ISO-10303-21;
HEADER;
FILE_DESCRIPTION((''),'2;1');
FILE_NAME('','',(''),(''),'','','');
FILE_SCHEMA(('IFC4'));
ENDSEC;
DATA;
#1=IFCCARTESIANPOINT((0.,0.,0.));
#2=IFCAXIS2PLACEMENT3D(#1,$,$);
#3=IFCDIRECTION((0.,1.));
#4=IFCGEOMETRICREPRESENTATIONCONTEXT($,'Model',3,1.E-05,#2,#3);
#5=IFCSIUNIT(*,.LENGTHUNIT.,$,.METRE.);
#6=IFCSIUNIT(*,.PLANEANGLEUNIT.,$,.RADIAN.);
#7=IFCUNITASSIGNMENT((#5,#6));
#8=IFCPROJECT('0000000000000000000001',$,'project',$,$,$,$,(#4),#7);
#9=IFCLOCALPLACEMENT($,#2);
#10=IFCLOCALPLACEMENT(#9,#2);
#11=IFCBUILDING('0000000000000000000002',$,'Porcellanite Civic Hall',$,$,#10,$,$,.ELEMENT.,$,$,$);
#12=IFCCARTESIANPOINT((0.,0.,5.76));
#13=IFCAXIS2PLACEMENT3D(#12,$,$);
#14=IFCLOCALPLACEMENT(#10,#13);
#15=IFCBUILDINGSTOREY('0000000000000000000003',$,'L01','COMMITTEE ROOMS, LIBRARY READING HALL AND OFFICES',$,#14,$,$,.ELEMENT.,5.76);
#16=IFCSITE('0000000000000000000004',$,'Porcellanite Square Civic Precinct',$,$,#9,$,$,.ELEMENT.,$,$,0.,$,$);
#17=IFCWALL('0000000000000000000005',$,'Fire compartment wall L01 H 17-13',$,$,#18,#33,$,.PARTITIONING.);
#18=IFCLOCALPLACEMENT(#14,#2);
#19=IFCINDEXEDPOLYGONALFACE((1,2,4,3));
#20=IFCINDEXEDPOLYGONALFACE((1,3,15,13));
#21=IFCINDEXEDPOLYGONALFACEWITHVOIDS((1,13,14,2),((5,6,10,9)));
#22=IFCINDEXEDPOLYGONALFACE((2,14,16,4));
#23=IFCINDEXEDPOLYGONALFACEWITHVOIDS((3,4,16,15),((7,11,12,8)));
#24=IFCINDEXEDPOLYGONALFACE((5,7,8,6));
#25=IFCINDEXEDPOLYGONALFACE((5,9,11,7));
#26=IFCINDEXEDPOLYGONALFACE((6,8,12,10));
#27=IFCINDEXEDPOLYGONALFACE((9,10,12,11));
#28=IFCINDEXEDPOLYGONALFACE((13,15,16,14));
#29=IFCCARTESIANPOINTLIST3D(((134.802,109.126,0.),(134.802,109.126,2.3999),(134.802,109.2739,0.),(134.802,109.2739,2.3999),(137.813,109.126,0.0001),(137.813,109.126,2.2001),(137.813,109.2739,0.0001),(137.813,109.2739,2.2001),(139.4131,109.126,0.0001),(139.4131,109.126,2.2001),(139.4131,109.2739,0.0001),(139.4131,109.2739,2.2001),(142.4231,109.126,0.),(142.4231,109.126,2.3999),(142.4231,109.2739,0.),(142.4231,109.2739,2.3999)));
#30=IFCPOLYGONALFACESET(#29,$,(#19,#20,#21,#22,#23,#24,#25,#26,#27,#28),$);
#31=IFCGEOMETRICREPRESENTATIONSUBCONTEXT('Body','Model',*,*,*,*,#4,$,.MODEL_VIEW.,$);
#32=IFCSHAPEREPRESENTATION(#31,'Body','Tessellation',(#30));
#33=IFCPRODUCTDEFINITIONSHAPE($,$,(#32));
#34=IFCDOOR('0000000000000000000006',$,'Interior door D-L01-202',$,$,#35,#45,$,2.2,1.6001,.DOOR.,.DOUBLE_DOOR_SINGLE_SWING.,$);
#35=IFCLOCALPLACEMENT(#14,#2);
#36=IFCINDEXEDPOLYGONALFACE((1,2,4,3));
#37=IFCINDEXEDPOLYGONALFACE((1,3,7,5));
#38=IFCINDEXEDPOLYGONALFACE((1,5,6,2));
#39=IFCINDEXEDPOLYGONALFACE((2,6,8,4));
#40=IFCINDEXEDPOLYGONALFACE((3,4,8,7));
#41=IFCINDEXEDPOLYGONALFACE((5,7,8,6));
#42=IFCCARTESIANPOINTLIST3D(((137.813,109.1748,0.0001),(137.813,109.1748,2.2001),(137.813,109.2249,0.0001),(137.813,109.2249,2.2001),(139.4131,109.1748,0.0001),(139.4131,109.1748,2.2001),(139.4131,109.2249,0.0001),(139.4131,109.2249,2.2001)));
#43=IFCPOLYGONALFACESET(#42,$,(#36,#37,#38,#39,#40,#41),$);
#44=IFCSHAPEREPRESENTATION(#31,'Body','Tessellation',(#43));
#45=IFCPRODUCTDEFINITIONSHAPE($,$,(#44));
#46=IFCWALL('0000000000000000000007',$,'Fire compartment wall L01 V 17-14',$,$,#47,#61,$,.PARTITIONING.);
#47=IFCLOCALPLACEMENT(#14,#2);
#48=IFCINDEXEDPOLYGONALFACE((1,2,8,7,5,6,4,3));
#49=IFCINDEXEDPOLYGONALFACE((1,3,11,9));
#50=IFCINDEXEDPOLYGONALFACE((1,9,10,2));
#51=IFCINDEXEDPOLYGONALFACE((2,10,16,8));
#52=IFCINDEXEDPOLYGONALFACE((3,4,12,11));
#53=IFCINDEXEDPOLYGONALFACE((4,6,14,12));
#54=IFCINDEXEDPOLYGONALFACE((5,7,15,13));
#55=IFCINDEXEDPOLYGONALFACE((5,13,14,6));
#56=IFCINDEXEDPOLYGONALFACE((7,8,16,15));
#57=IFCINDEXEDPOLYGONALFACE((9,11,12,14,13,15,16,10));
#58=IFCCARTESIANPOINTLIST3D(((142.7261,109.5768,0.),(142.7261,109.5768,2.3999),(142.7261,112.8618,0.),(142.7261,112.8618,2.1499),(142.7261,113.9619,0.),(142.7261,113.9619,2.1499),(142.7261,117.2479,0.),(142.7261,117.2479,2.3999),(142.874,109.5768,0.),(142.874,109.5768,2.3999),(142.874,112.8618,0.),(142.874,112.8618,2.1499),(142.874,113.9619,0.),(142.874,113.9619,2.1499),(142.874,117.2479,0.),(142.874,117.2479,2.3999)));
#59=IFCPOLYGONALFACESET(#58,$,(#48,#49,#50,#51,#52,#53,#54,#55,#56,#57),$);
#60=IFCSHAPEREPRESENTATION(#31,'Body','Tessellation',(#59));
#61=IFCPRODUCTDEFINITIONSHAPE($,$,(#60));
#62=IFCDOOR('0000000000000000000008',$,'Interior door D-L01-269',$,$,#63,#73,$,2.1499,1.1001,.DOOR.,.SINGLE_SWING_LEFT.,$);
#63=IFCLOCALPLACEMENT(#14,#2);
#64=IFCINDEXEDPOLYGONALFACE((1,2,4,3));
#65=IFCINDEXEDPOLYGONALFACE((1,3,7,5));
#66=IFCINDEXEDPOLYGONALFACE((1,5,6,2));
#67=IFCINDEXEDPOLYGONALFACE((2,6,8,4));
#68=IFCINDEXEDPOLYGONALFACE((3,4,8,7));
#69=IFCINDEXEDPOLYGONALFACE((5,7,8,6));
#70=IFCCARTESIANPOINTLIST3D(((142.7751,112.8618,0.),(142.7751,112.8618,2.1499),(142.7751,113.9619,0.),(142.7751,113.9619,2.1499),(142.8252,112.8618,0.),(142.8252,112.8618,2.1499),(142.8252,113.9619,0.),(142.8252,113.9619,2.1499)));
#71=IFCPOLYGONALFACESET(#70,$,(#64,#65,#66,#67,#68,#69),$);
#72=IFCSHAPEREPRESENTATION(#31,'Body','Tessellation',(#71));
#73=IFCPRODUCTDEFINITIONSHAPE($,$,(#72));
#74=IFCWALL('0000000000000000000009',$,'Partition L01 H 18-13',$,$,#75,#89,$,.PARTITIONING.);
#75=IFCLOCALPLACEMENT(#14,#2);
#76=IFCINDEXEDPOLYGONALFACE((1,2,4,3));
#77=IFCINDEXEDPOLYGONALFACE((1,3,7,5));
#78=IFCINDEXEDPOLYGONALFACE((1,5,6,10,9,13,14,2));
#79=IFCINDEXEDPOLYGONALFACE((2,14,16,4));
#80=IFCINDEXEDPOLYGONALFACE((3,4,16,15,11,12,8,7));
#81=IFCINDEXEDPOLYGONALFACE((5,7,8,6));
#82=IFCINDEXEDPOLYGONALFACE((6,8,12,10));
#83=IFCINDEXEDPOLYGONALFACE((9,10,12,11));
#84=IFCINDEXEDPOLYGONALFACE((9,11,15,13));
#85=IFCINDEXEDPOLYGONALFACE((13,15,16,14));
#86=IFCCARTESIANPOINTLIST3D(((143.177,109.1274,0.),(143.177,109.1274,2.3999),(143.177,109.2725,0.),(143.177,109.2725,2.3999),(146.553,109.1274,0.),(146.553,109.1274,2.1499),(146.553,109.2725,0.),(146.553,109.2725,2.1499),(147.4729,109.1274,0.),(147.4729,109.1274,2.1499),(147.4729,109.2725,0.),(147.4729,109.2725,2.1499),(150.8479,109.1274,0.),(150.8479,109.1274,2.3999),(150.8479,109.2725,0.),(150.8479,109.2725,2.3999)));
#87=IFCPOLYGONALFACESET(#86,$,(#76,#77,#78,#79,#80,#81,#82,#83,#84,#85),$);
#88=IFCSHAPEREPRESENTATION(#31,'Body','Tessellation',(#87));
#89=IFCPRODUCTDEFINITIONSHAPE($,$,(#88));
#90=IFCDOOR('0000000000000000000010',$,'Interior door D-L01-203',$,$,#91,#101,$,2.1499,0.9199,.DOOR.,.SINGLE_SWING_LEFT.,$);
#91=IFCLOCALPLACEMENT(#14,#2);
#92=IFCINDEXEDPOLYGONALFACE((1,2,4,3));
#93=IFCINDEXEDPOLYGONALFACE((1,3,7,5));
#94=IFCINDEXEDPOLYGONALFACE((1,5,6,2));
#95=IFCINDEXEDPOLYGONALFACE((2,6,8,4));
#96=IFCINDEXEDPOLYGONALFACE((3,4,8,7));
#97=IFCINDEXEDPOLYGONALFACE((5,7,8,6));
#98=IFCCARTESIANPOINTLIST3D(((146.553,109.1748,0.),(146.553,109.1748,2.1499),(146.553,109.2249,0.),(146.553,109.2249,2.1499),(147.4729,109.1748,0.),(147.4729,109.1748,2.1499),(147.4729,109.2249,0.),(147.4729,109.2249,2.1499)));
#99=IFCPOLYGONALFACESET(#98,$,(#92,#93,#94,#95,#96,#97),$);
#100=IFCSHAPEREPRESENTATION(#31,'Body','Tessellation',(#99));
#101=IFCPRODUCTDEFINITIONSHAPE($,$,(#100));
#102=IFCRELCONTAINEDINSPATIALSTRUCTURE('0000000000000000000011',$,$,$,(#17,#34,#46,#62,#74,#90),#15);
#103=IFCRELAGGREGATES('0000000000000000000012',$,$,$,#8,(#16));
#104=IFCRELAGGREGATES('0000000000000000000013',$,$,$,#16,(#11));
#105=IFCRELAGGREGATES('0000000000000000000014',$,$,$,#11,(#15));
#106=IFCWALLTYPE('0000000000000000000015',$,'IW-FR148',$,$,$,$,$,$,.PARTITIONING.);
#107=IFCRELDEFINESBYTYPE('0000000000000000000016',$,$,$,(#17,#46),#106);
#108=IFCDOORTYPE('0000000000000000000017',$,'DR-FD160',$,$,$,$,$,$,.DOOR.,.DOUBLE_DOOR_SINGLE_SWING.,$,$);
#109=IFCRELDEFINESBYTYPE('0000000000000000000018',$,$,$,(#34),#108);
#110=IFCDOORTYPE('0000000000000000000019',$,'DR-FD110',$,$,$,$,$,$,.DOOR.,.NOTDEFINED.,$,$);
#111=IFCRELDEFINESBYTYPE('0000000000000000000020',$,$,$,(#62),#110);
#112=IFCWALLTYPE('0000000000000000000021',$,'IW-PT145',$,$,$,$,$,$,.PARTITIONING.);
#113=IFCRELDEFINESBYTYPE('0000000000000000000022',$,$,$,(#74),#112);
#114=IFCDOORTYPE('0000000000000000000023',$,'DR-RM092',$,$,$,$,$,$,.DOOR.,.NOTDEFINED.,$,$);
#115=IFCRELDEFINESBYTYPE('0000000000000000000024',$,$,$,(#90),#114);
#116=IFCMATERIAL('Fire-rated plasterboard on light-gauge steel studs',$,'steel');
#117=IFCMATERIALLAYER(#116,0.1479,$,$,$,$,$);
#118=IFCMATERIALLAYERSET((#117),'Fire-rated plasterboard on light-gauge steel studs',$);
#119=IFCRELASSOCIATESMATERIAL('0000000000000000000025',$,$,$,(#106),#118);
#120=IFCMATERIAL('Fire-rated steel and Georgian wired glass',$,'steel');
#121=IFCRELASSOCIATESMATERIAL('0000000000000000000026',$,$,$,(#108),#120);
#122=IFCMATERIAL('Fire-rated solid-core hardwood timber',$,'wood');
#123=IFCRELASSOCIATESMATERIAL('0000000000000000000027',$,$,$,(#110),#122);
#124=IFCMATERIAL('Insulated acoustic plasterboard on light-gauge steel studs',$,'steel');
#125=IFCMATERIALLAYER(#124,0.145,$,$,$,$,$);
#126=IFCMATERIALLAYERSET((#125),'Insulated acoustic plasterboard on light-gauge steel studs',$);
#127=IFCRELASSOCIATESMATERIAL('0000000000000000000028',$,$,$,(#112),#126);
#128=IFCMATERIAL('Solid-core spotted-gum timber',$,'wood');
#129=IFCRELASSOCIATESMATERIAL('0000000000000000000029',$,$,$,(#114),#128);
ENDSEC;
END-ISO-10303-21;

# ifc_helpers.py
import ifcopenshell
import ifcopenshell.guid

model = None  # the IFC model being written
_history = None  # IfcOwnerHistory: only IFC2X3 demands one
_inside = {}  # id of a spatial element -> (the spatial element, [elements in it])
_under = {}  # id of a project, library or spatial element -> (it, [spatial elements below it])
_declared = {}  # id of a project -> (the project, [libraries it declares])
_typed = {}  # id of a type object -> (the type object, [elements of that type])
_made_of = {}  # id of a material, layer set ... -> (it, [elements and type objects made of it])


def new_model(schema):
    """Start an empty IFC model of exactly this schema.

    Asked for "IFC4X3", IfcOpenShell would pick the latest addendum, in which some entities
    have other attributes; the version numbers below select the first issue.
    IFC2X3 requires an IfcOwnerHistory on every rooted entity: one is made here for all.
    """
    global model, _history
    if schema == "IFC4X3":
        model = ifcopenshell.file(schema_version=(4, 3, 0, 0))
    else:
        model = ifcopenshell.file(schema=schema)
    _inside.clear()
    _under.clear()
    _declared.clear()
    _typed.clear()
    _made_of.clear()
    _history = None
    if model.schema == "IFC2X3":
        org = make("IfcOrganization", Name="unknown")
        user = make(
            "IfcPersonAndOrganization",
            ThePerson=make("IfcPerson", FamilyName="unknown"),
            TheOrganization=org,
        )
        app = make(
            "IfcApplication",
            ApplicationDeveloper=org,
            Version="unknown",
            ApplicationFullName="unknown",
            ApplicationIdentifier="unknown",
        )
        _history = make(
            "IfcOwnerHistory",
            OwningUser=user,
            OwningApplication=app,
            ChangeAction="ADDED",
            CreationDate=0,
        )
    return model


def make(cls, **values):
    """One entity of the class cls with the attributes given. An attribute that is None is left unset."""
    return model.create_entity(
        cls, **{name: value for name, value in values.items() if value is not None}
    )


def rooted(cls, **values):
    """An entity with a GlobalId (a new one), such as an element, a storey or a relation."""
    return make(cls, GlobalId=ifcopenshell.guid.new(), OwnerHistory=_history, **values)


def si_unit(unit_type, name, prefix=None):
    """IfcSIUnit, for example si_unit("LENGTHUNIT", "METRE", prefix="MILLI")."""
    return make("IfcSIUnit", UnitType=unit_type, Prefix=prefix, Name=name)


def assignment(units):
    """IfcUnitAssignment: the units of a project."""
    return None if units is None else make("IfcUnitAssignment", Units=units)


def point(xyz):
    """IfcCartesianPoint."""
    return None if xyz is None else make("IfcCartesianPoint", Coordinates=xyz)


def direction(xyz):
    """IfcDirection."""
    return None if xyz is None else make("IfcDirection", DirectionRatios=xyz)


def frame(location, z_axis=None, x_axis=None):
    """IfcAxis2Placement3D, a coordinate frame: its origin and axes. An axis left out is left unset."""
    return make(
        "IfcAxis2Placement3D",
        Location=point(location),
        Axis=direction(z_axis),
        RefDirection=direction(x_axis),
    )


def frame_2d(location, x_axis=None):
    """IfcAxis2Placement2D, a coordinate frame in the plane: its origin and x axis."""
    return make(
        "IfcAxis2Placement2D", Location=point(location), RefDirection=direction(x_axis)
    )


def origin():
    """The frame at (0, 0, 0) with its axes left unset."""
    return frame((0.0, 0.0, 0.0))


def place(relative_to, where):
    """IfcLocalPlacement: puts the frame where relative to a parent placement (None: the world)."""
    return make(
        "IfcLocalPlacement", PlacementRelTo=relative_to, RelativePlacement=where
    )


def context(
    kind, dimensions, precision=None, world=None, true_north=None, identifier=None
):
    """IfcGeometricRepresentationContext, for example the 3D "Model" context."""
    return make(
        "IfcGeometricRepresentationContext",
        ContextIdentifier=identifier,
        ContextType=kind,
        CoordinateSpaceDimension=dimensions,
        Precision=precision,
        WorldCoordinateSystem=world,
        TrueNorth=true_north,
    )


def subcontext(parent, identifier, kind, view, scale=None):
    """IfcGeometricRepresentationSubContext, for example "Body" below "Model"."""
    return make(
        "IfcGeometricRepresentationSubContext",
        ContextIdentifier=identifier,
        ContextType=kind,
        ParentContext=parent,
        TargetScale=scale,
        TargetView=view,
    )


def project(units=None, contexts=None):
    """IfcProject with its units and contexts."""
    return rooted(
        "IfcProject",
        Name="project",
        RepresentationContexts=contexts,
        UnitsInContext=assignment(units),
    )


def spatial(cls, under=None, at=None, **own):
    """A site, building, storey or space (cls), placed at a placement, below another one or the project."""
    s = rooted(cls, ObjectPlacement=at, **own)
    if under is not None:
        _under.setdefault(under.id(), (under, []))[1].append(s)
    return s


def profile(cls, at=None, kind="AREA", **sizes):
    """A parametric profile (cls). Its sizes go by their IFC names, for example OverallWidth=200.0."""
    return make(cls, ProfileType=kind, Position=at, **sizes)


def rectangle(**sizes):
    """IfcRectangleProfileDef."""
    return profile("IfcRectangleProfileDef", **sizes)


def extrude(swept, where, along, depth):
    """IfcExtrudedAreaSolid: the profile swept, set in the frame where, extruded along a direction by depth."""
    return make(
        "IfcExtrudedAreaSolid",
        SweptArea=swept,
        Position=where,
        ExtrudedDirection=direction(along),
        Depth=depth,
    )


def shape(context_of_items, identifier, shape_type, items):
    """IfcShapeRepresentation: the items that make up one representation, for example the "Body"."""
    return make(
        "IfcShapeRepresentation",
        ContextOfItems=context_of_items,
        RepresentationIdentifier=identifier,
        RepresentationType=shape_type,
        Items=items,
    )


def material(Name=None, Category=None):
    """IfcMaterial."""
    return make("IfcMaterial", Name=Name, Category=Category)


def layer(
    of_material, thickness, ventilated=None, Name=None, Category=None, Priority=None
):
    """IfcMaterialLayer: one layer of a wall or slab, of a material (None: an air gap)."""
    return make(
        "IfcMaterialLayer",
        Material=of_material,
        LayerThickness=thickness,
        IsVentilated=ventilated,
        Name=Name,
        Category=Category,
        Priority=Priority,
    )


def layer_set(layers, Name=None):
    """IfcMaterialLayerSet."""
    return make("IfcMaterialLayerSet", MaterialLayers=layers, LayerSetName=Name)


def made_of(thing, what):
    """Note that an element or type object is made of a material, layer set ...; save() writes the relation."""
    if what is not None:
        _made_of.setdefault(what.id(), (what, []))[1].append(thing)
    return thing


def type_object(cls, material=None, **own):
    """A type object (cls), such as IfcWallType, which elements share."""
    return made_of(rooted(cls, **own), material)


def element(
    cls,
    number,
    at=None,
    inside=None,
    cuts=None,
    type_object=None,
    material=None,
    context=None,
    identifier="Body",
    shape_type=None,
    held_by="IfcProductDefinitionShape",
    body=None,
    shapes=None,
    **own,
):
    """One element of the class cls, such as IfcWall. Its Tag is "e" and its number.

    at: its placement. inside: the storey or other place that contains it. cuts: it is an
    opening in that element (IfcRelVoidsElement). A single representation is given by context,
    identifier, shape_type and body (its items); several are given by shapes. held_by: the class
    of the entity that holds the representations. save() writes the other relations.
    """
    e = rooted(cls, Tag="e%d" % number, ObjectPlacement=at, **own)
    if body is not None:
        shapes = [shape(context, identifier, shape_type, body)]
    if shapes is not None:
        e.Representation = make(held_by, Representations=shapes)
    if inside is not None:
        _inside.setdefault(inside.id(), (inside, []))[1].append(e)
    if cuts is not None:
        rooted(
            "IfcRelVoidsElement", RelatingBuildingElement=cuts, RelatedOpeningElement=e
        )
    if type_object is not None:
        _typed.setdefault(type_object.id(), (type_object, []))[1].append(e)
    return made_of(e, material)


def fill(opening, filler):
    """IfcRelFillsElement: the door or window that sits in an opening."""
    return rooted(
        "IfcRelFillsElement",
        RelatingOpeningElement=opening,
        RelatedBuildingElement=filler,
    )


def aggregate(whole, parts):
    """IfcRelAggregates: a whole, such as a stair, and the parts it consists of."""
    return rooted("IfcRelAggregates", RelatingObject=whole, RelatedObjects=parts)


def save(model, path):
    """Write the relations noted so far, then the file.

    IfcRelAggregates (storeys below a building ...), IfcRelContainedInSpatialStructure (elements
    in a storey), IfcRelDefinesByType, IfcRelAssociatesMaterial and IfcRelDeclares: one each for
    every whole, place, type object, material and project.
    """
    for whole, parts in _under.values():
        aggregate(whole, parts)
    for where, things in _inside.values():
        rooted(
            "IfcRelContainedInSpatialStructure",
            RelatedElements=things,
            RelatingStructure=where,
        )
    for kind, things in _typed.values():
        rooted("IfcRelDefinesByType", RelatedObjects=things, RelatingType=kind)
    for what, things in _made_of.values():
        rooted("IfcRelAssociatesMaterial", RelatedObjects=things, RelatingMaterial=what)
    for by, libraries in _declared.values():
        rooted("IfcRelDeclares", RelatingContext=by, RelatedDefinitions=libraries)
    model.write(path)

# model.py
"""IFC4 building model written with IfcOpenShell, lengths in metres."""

from ifc_helpers import new_model, si_unit, direction, frame, frame_2d, origin, place, context, subcontext, project, spatial, rectangle, extrude, material, layer, layer_set, type_object, element, fill, save


model = new_model("IFC4")

# Units and contexts
model_context = context("Model", 3, precision=1e-05, world=origin(), true_north=direction((0.0, 1.0)))
body_context = subcontext(model_context, "Body", "Model", "MODEL_VIEW")
ifc_project = project(units=[si_unit("LENGTHUNIT", "METRE"), si_unit("PLANEANGLEUNIT", "RADIAN")], contexts=[model_context])

# Site, building, storey
site_placement = place(None, origin())
site = spatial("IfcSite", under=ifc_project, at=site_placement, Name="Porcellanite Square Civic Precinct", CompositionType="ELEMENT", RefElevation=0.0)
building_placement = place(site_placement, origin())
building = spatial("IfcBuilding", under=site, at=building_placement, Name="Porcellanite Civic Hall", CompositionType="ELEMENT")
storey_placement = place(building_placement, frame((0.0, 0.0, 5.76)))
storey = spatial("IfcBuildingStorey", under=building, at=storey_placement, Name="L01", Description="COMMITTEE ROOMS, LIBRARY READING HALL AND OFFICES", CompositionType="ELEMENT", Elevation=5.76)

# Walls, openings, doors
ifc_material_1 = material(Name="Fire-rated plasterboard on light-gauge steel studs", Category="steel")
ifc_layer_1 = layer(ifc_material_1, 0.1479)
ifc_layer_set_1 = layer_set([ifc_layer_1], Name="Fire-rated plasterboard on light-gauge steel studs")
wall_type_1 = type_object("IfcWallType", Name="IW-FR148", PredefinedType="PARTITIONING", material=ifc_layer_set_1)
wall_1_placement = place(storey_placement, frame((134.802, 109.2, 0.0), z_axis=(0.0, 0.0, 1.0), x_axis=(1.0, 0.0, 0.0)))
wall_1 = element("IfcWall", 1, at=wall_1_placement, inside=storey, type_object=wall_type_1, Name="Fire compartment wall L01 H 17-13", PredefinedType="PARTITIONING", context=body_context, shape_type="SweptSolid", body=[
    extrude(rectangle(XDim=7.6211, YDim=0.1479, at=frame_2d((3.8105, 0.0))), origin(), (0.0, 0.0, 1.0), 2.3999),
])
opening_1_placement = place(wall_1_placement, frame((3.011, 0.0, 0.0)))
opening_1 = element("IfcOpeningElement", 2, at=opening_1_placement, cuts=wall_1, PredefinedType="OPENING", context=body_context, shape_type="SweptSolid", body=[
    extrude(rectangle(XDim=1.6001, YDim=2.2, at=frame_2d((0.8, 1.1001))), frame((0.0, 0.074, 0.0), z_axis=(0.0, -1.0, 0.0), x_axis=(1.0, 0.0, 0.0)), (0.0, 0.0, 1.0), 0.1479),
])
ifc_material_2 = material(Name="Fire-rated steel and Georgian wired glass", Category="steel")
door_type_1 = type_object("IfcDoorType", Name="DR-FD160", OperationType="DOUBLE_DOOR_SINGLE_SWING", PredefinedType="DOOR", material=ifc_material_2)
door_1_placement = place(opening_1_placement, origin())
door_1 = element("IfcDoor", 3, at=door_1_placement, inside=storey, type_object=door_type_1, Name="Interior door D-L01-202", OperationType="DOUBLE_DOOR_SINGLE_SWING", OverallHeight=2.2, OverallWidth=1.6001, PredefinedType="DOOR", context=body_context, shape_type="SweptSolid", body=[
    extrude(rectangle(XDim=1.6001, YDim=2.2, at=frame_2d((0.8, 1.1001))), frame((0.0, 0.0249, 0.0), z_axis=(0.0, -1.0, 0.0), x_axis=(1.0, 0.0, 0.0)), (0.0, 0.0, 1.0), 0.05),
])
fill(opening_1, door_1)
wall_2_placement = place(storey_placement, frame((142.8, 109.5769, 0.0), z_axis=(0.0, 0.0, 1.0), x_axis=(0.0, 1.0, 0.0)))
wall_2 = element("IfcWall", 4, at=wall_2_placement, inside=storey, type_object=wall_type_1, Name="Fire compartment wall L01 V 17-14", PredefinedType="PARTITIONING", context=body_context, shape_type="SweptSolid", body=[
    extrude(rectangle(XDim=7.6711, YDim=0.1479, at=frame_2d((3.8354, 0.0))), origin(), (0.0, 0.0, 1.0), 2.3999),
])
opening_2_placement = place(wall_2_placement, frame((3.2849, 0.0, 0.0)))
opening_2 = element("IfcOpeningElement", 5, at=opening_2_placement, cuts=wall_2, PredefinedType="OPENING", context=body_context, shape_type="SweptSolid", body=[
    extrude(rectangle(XDim=1.1001, YDim=2.1499, at=frame_2d((0.55, 1.075))), frame((0.0, 0.074, 0.0), z_axis=(0.0, -1.0, 0.0), x_axis=(1.0, 0.0, 0.0)), (0.0, 0.0, 1.0), 0.1479),
])
ifc_material_3 = material(Name="Fire-rated solid-core hardwood timber", Category="wood")
door_type_2 = type_object("IfcDoorType", Name="DR-FD110", OperationType="NOTDEFINED", PredefinedType="DOOR", material=ifc_material_3)
door_2_placement = place(opening_2_placement, origin())
door_2 = element("IfcDoor", 6, at=door_2_placement, inside=storey, type_object=door_type_2, Name="Interior door D-L01-269", OperationType="SINGLE_SWING_LEFT", OverallHeight=2.1499, OverallWidth=1.1001, PredefinedType="DOOR", context=body_context, shape_type="SweptSolid", body=[
    extrude(rectangle(XDim=1.1001, YDim=2.1499, at=frame_2d((0.55, 1.075))), frame((0.0, 0.0249, 0.0), z_axis=(0.0, -1.0, 0.0), x_axis=(1.0, 0.0, 0.0)), (0.0, 0.0, 1.0), 0.05),
])
fill(opening_2, door_2)
ifc_material_4 = material(Name="Insulated acoustic plasterboard on light-gauge steel studs", Category="steel")
ifc_layer_2 = layer(ifc_material_4, 0.145)
ifc_layer_set_2 = layer_set([ifc_layer_2], Name="Insulated acoustic plasterboard on light-gauge steel studs")
wall_type_2 = type_object("IfcWallType", Name="IW-PT145", PredefinedType="PARTITIONING", material=ifc_layer_set_2)
wall_3_placement = place(storey_placement, frame((143.177, 109.2, 0.0), z_axis=(0.0, 0.0, 1.0), x_axis=(1.0, 0.0, 0.0)))
wall_3 = element("IfcWall", 7, at=wall_3_placement, inside=storey, type_object=wall_type_2, Name="Partition L01 H 18-13", PredefinedType="PARTITIONING", context=body_context, shape_type="SweptSolid", body=[
    extrude(rectangle(XDim=7.6709, YDim=0.145, at=frame_2d((3.8354, 0.0))), origin(), (0.0, 0.0, 1.0), 2.3999),
])
opening_3_placement = place(wall_3_placement, frame((3.376, 0.0, 0.0)))
opening_3 = element("IfcOpeningElement", 8, at=opening_3_placement, cuts=wall_3, PredefinedType="OPENING", context=body_context, shape_type="SweptSolid", body=[
    extrude(rectangle(XDim=0.9199, YDim=2.1499, at=frame_2d((0.46, 1.075))), frame((0.0, 0.0725, 0.0), z_axis=(0.0, -1.0, 0.0), x_axis=(1.0, 0.0, 0.0)), (0.0, 0.0, 1.0), 0.145),
])
ifc_material_5 = material(Name="Solid-core spotted-gum timber", Category="wood")
door_type_3 = type_object("IfcDoorType", Name="DR-RM092", OperationType="NOTDEFINED", PredefinedType="DOOR", material=ifc_material_5)
door_3_placement = place(opening_3_placement, origin())
door_3 = element("IfcDoor", 9, at=door_3_placement, inside=storey, type_object=door_type_3, Name="Interior door D-L01-203", OperationType="SINGLE_SWING_LEFT", OverallHeight=2.1499, OverallWidth=0.9199, PredefinedType="DOOR", context=body_context, shape_type="SweptSolid", body=[
    extrude(rectangle(XDim=0.9199, YDim=2.1499, at=frame_2d((0.46, 1.075))), frame((0.0, 0.0249, 0.0), z_axis=(0.0, -1.0, 0.0), x_axis=(1.0, 0.0, 0.0)), (0.0, 0.0, 1.0), 0.05),
])
fill(opening_3, door_3)

save(model, "model.ifc")
